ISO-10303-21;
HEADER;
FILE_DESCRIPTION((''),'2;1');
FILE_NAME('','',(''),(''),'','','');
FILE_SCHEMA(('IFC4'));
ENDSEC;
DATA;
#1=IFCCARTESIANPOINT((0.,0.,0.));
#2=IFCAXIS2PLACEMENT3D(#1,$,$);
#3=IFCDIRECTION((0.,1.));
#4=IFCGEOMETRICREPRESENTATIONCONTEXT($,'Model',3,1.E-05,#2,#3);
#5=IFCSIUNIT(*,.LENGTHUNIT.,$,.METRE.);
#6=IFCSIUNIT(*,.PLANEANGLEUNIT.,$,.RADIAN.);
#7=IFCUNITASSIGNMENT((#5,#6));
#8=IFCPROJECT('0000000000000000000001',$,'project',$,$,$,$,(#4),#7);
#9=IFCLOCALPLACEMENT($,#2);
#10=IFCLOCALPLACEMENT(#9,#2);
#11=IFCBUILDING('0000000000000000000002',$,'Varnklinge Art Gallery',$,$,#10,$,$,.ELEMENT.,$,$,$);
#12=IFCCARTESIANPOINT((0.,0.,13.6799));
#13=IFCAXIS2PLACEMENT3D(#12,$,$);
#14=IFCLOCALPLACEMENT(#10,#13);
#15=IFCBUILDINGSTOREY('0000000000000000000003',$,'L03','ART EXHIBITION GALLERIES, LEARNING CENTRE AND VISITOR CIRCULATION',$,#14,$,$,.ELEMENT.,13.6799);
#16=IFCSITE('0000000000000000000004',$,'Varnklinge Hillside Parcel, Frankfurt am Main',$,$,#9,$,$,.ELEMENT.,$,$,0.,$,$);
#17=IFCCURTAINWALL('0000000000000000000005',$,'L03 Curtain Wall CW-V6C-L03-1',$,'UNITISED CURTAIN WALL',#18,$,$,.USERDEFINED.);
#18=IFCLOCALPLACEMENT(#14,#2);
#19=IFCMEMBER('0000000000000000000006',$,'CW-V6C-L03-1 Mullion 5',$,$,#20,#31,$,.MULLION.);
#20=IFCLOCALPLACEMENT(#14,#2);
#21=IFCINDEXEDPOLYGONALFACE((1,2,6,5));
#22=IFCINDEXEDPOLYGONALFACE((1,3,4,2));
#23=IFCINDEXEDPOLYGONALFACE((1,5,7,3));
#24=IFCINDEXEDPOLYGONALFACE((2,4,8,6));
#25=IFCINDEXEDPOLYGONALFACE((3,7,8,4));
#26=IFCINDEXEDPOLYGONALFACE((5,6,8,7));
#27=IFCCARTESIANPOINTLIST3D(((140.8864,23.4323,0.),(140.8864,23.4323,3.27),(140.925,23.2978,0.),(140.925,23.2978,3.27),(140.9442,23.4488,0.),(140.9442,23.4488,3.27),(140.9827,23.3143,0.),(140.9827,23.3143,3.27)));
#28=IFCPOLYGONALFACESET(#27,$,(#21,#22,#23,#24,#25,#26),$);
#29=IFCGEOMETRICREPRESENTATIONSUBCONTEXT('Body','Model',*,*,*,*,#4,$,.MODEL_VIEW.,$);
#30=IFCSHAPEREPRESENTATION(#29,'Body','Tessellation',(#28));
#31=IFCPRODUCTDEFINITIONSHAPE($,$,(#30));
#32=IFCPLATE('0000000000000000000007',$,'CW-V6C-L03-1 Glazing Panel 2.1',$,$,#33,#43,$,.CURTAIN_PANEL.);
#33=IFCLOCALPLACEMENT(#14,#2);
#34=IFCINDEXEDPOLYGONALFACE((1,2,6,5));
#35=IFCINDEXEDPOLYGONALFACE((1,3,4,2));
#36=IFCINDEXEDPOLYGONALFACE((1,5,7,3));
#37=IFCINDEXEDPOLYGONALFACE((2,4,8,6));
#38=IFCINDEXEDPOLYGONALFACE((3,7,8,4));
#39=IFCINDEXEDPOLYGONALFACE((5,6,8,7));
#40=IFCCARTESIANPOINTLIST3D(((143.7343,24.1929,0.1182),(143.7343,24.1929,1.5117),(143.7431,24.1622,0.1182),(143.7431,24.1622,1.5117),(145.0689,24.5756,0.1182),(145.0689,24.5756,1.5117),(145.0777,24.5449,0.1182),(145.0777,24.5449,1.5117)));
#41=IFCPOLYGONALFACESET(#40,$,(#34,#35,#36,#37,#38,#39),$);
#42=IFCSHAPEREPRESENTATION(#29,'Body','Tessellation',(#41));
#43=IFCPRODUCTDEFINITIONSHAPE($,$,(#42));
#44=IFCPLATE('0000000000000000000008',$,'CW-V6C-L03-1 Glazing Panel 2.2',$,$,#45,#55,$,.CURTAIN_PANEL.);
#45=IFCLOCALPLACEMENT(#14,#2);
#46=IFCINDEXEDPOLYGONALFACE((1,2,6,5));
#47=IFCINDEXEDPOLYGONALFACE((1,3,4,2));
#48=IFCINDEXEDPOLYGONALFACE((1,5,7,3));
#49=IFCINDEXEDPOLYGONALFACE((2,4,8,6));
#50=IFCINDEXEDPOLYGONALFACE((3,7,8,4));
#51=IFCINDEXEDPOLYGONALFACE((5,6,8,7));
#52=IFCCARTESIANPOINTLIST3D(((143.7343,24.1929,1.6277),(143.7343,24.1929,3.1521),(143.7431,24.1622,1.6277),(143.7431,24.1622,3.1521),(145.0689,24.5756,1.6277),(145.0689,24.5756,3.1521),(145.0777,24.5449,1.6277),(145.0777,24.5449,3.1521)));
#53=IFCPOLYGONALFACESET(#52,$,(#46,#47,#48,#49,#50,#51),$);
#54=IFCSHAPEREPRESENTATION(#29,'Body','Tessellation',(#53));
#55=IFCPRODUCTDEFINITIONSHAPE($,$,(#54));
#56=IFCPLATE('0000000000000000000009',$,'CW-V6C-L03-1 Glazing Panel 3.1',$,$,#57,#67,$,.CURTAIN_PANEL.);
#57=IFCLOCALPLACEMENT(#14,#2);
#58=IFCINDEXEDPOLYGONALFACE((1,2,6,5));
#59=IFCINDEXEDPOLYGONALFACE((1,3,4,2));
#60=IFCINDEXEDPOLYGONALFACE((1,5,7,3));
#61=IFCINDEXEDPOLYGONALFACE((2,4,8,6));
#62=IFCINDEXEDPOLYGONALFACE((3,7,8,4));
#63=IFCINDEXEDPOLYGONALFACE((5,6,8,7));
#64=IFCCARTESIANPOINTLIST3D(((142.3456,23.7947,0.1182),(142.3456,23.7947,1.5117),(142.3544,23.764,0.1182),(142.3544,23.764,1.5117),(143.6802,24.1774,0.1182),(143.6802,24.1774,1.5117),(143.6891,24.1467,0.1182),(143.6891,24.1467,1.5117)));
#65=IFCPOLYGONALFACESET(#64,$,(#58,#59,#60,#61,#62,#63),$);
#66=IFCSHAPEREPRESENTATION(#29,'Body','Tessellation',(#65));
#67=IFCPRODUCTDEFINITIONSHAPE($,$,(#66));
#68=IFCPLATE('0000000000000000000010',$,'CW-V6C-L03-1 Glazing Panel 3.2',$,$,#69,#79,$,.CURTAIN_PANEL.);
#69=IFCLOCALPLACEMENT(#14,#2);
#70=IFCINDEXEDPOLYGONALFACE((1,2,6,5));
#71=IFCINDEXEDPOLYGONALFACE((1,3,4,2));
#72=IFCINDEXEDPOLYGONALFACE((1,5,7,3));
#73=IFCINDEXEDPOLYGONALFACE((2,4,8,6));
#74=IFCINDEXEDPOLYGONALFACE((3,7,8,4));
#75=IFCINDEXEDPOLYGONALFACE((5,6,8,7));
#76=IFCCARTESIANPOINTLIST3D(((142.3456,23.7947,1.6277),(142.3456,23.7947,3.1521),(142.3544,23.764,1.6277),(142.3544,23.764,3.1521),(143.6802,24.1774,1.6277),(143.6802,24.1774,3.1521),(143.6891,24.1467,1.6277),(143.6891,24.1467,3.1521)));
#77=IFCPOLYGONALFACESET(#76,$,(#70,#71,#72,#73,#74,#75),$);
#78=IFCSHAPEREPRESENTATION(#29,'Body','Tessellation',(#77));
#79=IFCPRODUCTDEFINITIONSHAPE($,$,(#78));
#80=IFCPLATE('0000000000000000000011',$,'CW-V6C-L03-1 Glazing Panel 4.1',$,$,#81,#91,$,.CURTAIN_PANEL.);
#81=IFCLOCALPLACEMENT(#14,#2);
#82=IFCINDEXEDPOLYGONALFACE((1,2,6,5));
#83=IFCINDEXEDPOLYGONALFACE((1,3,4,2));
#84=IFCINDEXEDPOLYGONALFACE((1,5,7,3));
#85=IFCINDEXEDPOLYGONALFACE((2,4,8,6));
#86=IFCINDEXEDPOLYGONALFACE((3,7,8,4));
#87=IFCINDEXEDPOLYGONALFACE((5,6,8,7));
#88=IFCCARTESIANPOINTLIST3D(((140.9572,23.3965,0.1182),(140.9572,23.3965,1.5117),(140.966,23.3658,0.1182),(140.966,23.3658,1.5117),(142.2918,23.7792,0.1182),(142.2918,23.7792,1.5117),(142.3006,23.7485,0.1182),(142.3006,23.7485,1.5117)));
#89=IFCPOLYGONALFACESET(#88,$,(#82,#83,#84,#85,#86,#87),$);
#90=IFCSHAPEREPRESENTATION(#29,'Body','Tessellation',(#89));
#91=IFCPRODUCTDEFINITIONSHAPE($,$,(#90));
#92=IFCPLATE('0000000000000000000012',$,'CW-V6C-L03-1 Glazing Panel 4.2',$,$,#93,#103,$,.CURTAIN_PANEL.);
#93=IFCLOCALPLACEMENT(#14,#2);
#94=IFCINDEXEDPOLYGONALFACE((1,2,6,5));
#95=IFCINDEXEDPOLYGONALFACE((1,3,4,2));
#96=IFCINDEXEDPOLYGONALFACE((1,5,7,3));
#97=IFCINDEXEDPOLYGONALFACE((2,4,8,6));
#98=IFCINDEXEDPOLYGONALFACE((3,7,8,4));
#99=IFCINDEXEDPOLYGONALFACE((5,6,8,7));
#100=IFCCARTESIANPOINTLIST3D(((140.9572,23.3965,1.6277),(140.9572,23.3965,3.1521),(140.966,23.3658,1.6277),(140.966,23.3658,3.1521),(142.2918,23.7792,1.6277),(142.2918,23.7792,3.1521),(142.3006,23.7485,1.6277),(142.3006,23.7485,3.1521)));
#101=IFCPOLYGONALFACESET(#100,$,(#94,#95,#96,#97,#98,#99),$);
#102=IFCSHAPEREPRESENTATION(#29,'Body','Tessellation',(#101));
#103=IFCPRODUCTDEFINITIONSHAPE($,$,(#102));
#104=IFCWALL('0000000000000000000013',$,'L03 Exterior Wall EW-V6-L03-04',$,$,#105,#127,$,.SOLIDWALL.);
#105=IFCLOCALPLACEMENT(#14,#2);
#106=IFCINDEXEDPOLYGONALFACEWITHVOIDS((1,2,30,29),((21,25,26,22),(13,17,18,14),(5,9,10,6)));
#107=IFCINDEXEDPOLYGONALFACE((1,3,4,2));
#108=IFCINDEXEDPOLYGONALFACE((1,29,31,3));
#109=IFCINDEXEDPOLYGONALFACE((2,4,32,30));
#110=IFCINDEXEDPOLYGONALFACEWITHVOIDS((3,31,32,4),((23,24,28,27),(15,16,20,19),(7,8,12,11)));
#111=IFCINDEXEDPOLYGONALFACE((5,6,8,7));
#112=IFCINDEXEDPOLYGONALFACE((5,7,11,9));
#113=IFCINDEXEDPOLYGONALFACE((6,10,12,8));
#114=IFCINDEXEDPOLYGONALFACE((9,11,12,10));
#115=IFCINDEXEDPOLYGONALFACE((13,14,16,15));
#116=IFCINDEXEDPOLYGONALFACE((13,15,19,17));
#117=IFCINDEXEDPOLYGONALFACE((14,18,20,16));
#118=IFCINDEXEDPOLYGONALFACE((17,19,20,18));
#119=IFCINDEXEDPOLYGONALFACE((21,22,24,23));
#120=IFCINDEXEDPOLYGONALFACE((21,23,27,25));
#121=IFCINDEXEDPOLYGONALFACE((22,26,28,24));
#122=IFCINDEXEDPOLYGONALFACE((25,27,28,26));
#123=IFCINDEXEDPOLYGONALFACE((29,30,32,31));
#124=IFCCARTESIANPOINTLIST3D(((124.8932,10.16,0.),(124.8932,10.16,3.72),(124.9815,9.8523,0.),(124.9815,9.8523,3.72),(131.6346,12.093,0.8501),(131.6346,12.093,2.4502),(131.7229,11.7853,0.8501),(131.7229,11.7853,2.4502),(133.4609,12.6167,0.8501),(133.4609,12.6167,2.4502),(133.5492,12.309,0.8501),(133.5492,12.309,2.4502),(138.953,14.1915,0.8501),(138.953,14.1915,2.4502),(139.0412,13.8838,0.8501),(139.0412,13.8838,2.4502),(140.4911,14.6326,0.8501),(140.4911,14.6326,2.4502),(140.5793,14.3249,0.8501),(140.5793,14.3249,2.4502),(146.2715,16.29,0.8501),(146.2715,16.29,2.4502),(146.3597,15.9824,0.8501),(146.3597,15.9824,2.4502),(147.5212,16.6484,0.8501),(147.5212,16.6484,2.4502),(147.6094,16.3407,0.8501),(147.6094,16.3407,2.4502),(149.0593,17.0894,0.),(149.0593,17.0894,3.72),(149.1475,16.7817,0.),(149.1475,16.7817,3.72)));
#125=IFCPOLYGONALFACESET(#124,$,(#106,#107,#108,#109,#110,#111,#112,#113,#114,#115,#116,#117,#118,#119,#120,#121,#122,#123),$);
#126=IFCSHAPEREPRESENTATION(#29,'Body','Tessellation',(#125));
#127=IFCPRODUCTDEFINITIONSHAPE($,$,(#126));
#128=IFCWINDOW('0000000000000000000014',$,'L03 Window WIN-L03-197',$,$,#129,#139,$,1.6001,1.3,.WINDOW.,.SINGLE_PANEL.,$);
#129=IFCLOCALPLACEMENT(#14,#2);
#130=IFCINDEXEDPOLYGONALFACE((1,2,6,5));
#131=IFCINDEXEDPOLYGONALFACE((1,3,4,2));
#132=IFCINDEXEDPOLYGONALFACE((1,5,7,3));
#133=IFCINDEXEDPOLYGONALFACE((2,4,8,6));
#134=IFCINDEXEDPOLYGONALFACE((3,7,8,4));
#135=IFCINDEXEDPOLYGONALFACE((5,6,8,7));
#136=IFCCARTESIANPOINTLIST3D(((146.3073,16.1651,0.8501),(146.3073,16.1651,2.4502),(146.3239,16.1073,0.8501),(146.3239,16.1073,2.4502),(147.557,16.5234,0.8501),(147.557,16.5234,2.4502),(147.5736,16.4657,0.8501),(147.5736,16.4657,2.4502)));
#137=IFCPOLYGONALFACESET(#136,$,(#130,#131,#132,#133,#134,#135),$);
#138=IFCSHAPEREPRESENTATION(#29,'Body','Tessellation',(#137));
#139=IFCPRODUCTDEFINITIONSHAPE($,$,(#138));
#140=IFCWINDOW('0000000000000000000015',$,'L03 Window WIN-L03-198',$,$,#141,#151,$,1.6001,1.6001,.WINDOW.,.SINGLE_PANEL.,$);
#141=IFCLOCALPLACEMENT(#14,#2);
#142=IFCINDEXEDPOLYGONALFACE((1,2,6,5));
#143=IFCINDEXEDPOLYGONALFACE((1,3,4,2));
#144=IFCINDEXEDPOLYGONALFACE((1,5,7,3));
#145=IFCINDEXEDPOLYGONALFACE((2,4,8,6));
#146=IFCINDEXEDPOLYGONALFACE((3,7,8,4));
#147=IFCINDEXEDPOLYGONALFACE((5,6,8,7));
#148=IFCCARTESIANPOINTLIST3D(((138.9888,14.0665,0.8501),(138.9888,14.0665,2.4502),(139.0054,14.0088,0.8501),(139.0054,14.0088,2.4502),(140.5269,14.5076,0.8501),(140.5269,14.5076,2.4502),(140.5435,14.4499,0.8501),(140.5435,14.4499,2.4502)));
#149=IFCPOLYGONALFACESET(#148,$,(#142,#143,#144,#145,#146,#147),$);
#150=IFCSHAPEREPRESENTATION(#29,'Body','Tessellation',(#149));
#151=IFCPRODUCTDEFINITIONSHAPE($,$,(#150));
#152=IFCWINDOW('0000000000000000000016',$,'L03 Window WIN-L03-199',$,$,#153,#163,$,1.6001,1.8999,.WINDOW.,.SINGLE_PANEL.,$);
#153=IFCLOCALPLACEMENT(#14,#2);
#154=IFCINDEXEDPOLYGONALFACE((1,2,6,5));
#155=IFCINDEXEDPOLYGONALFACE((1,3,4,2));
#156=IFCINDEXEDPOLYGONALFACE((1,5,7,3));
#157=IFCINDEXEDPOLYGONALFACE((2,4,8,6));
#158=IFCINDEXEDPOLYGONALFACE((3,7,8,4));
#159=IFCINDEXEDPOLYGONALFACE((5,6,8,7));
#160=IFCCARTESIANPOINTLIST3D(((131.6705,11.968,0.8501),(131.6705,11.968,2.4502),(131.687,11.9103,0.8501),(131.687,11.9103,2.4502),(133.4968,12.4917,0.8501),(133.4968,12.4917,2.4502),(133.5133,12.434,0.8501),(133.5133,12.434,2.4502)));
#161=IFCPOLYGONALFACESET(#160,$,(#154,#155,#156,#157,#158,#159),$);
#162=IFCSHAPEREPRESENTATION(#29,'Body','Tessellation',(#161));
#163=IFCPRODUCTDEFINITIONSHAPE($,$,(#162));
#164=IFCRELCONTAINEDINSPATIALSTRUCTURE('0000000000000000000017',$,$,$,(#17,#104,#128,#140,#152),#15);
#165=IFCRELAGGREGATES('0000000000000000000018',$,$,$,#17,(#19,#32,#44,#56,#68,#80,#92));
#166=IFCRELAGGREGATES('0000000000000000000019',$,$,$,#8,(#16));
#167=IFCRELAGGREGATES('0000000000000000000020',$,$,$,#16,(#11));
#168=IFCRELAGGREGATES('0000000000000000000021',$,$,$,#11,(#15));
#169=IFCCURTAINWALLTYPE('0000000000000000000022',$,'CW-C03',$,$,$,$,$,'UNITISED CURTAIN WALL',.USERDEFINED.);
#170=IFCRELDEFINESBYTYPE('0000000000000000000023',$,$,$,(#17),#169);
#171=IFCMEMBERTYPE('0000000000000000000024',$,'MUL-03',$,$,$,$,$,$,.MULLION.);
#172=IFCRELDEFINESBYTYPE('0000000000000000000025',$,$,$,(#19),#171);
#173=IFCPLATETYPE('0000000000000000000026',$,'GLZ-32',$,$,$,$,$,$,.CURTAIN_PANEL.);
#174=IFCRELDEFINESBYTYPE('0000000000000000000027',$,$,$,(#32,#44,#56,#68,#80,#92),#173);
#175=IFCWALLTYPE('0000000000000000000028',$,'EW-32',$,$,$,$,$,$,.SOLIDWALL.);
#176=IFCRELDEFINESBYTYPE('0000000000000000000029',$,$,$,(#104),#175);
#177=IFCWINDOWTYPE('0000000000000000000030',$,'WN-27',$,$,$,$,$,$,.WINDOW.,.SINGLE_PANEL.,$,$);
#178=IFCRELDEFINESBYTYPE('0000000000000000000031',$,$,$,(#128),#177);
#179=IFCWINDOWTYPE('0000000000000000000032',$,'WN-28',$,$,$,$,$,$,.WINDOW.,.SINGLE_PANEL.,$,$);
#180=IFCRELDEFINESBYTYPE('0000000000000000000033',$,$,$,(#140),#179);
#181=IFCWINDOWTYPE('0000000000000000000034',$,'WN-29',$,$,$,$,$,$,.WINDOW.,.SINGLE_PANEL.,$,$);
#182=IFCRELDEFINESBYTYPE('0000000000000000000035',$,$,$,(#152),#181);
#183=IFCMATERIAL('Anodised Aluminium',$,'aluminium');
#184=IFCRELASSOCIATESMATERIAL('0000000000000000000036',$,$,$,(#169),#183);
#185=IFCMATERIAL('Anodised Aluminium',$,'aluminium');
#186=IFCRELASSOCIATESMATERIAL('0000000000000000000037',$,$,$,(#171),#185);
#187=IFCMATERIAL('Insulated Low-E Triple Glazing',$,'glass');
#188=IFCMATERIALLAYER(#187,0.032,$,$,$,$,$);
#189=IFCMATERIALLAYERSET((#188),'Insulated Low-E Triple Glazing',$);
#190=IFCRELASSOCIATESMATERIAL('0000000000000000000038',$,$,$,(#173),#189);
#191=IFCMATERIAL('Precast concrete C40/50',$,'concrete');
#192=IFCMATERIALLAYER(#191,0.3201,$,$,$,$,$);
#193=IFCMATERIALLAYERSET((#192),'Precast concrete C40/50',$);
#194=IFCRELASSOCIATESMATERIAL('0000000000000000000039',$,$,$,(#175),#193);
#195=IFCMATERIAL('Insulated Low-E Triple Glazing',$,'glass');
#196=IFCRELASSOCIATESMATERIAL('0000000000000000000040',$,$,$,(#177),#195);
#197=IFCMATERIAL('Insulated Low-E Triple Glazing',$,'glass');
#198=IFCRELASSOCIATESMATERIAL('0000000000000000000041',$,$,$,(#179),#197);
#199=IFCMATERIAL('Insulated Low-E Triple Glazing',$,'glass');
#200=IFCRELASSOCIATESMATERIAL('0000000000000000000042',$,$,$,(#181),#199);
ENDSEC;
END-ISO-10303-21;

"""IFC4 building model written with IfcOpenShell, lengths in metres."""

from ifc_helpers import new_model, si_unit, direction, frame, frame_2d, origin, origin_2d, place, context, subcontext, project, spatial, rectangle, extrude, material, layer, layer_set, material_profile, profile_set, type_object, element, fill, aggregate, save


model = new_model("IFC4")

# Units and contexts
model_context = context("Model", 3, precision=1e-05, world=origin(), true_north=direction((0.0, 1.0)))
body_context = subcontext(model_context, "Body", "Model", "MODEL_VIEW")
ifc_project = project(units=[si_unit("LENGTHUNIT", "METRE"), si_unit("PLANEANGLEUNIT", "RADIAN")], contexts=[model_context])

# Site, building, storey
site_placement = place(None, origin())
site = spatial("IfcSite", under=ifc_project, at=site_placement, Name="Varnklinge Hillside Parcel, Frankfurt am Main", CompositionType="ELEMENT", RefElevation=0.0)
building_placement = place(site_placement, origin())
building = spatial("IfcBuilding", under=site, at=building_placement, Name="Varnklinge Art Gallery", CompositionType="ELEMENT")
storey_placement = place(building_placement, frame((0.0, 0.0, 13.6799)))
storey = spatial("IfcBuildingStorey", under=building, at=storey_placement, Name="L03", Description="ART EXHIBITION GALLERIES, LEARNING CENTRE AND VISITOR CIRCULATION", CompositionType="ELEMENT", Elevation=13.6799)

# Curtain wall, member, plates
ifc_material_1 = material(Name="Anodised Aluminium", Category="aluminium")
curtain_wall_type = type_object("IfcCurtainWallType", Name="CW-C03", ElementType="UNITISED CURTAIN WALL", PredefinedType="USERDEFINED", material=ifc_material_1)
curtain_wall_placement = place(storey_placement, origin())
curtain_wall = element("IfcCurtainWall", 1, at=curtain_wall_placement, inside=storey, type_object=curtain_wall_type, Name="L03 Curtain Wall CW-V6C-L03-1", ObjectType="UNITISED CURTAIN WALL", PredefinedType="USERDEFINED")
ifc_material_2 = material(Name="Anodised Aluminium", Category="aluminium")
ifc_material_profile_1 = material_profile(ifc_material_2, rectangle(XDim=0.0601, YDim=0.1399, at=origin_2d()), Name="ALU 60x140")
ifc_profile_set_1 = profile_set([ifc_material_profile_1], Name="Anodised Aluminium")
member_type = type_object("IfcMemberType", Name="MUL-03", PredefinedType="MULLION", material=ifc_profile_set_1)
member_1_placement = place(storey_placement, frame((140.9346, 23.3733, 0.0), z_axis=(0.0, 0.0, 1.0), x_axis=(-0.961262, -0.275637, 0.0)))
member_1 = element("IfcMember", 2, at=member_1_placement, type_object=member_type, Name="CW-V6C-L03-1 Mullion 5", PredefinedType="MULLION", context=body_context, shape_type="SweptSolid", body=[
    extrude(rectangle(XDim=0.0601, YDim=0.1399, at=origin_2d()), origin(), (0.0, 0.0, 1.0), 3.27),
])
ifc_material_3 = material(Name="Insulated Low-E Triple Glazing", Category="glass")
ifc_layer_1 = layer(ifc_material_3, 0.032)
ifc_layer_set_1 = layer_set([ifc_layer_1], Name="Insulated Low-E Triple Glazing")
plate_type = type_object("IfcPlateType", Name="GLZ-32", PredefinedType="CURTAIN_PANEL", material=ifc_layer_set_1)
plate_1_placement = place(storey_placement, frame((144.406, 24.3689, 0.1182), z_axis=(0.0, 0.0, 1.0), x_axis=(-0.961262, -0.275637, 0.0)))
plate_1 = element("IfcPlate", 3, at=plate_1_placement, type_object=plate_type, Name="CW-V6C-L03-1 Glazing Panel 2.1", PredefinedType="CURTAIN_PANEL", context=body_context, shape_type="SweptSolid", body=[
    extrude(rectangle(XDim=1.3884, YDim=0.032, at=origin_2d()), origin(), (0.0, 0.0, 1.0), 1.3936),
])
plate_2_placement = place(storey_placement, frame((144.406, 24.3689, 1.6277), z_axis=(0.0, 0.0, 1.0), x_axis=(-0.961262, -0.275637, 0.0)))
plate_2 = element("IfcPlate", 4, at=plate_2_placement, type_object=plate_type, Name="CW-V6C-L03-1 Glazing Panel 2.2", PredefinedType="CURTAIN_PANEL", context=body_context, shape_type="SweptSolid", body=[
    extrude(rectangle(XDim=1.3884, YDim=0.032, at=origin_2d()), origin(), (0.0, 0.0, 1.0), 1.5244),
])
plate_3_placement = place(storey_placement, frame((143.0173, 23.9707, 0.1182), z_axis=(0.0, 0.0, 1.0), x_axis=(-0.961262, -0.275637, 0.0)))
plate_3 = element("IfcPlate", 5, at=plate_3_placement, type_object=plate_type, Name="CW-V6C-L03-1 Glazing Panel 3.1", PredefinedType="CURTAIN_PANEL", context=body_context, shape_type="SweptSolid", body=[
    extrude(rectangle(XDim=1.3884, YDim=0.032, at=origin_2d()), origin(), (0.0, 0.0, 1.0), 1.3936),
])
plate_4_placement = place(storey_placement, frame((143.0173, 23.9707, 1.6277), z_axis=(0.0, 0.0, 1.0), x_axis=(-0.961262, -0.275637, 0.0)))
plate_4 = element("IfcPlate", 6, at=plate_4_placement, type_object=plate_type, Name="CW-V6C-L03-1 Glazing Panel 3.2", PredefinedType="CURTAIN_PANEL", context=body_context, shape_type="SweptSolid", body=[
    extrude(rectangle(XDim=1.3884, YDim=0.032, at=origin_2d()), origin(), (0.0, 0.0, 1.0), 1.5244),
])
plate_5_placement = place(storey_placement, frame((141.6289, 23.5725, 0.1182), z_axis=(0.0, 0.0, 1.0), x_axis=(-0.961262, -0.275637, 0.0)))
plate_5 = element("IfcPlate", 7, at=plate_5_placement, type_object=plate_type, Name="CW-V6C-L03-1 Glazing Panel 4.1", PredefinedType="CURTAIN_PANEL", context=body_context, shape_type="SweptSolid", body=[
    extrude(rectangle(XDim=1.3884, YDim=0.032, at=origin_2d()), origin(), (0.0, 0.0, 1.0), 1.3936),
])
plate_6_placement = place(storey_placement, frame((141.6289, 23.5725, 1.6277), z_axis=(0.0, 0.0, 1.0), x_axis=(-0.961262, -0.275637, 0.0)))
plate_6 = element("IfcPlate", 8, at=plate_6_placement, type_object=plate_type, Name="CW-V6C-L03-1 Glazing Panel 4.2", PredefinedType="CURTAIN_PANEL", context=body_context, shape_type="SweptSolid", body=[
    extrude(rectangle(XDim=1.3884, YDim=0.032, at=origin_2d()), origin(), (0.0, 0.0, 1.0), 1.5244),
])
aggregate(curtain_wall, [member_1, plate_1, plate_2, plate_3, plate_4, plate_5, plate_6])

# Wall, openings, windows
ifc_material_4 = material(Name="Precast concrete C40/50", Category="concrete")
ifc_layer_2 = layer(ifc_material_4, 0.3201)
ifc_layer_set_2 = layer_set([ifc_layer_2], Name="Precast concrete C40/50")
wall_type_1 = type_object("IfcWallType", Name="EW-32", PredefinedType="SOLIDWALL", material=ifc_layer_set_2)
wall_1_placement = place(storey_placement, frame((149.1033, 16.9355, 0.0), z_axis=(0.0, 0.0, 1.0), x_axis=(-0.961262, -0.275636, 0.0)))
wall_1 = element("IfcWall", 9, at=wall_1_placement, inside=storey, type_object=wall_type_1, Name="L03 Exterior Wall EW-V6-L03-04", PredefinedType="SOLIDWALL", context=body_context, shape_type="SweptSolid", body=[
    extrude(rectangle(XDim=25.1399, YDim=0.3201, at=frame_2d((12.5698, 0.0))), origin(), (0.0, 0.0, 1.0), 3.72),
])
opening_1_placement = place(wall_1_placement, frame((1.6001, 0.0, 0.8501)))
opening_1 = element("IfcOpeningElement", 10, at=opening_1_placement, cuts=wall_1, PredefinedType="OPENING", context=body_context, shape_type="SweptSolid", body=[
    extrude(rectangle(XDim=1.3, YDim=1.6001, at=frame_2d((0.6499, 0.8))), frame((0.0, 0.1702, 0.0), z_axis=(0.0, -1.0, 0.0), x_axis=(1.0, 0.0, 0.0)), (0.0, 0.0, 1.0), 0.3401),
])
opening_2_placement = place(wall_1_placement, frame((8.9133, 0.0, 0.8501)))
opening_2 = element("IfcOpeningElement", 11, at=opening_2_placement, cuts=wall_1, PredefinedType="OPENING", context=body_context, shape_type="SweptSolid", body=[
    extrude(rectangle(XDim=1.6001, YDim=1.6001, at=frame_2d((0.8, 0.8))), frame((0.0, 0.1702, 0.0), z_axis=(0.0, -1.0, 0.0), x_axis=(1.0, 0.0, 0.0)), (0.0, 0.0, 1.0), 0.3401),
])
opening_3_placement = place(wall_1_placement, frame((16.2268, 0.0, 0.8501)))
opening_3 = element("IfcOpeningElement", 12, at=opening_3_placement, cuts=wall_1, PredefinedType="OPENING", context=body_context, shape_type="SweptSolid", body=[
    extrude(rectangle(XDim=1.8999, YDim=1.6001, at=frame_2d((0.95, 0.8))), frame((0.0, 0.1702, 0.0), z_axis=(0.0, -1.0, 0.0), x_axis=(1.0, 0.0, 0.0)), (0.0, 0.0, 1.0), 0.3401),
])
ifc_material_5 = material(Name="Insulated Low-E Triple Glazing", Category="glass")
window_type_1 = type_object("IfcWindowType", Name="WN-27", PartitioningType="SINGLE_PANEL", PredefinedType="WINDOW", material=ifc_material_5)
window_1_placement = place(opening_1_placement, origin())
window_1 = element("IfcWindow", 13, at=window_1_placement, inside=storey, type_object=window_type_1, Name="L03 Window WIN-L03-197", OverallHeight=1.6001, OverallWidth=1.3, PartitioningType="SINGLE_PANEL", PredefinedType="WINDOW", context=body_context, shape_type="SweptSolid", body=[
    extrude(rectangle(XDim=1.3, YDim=1.6001, at=frame_2d((0.6499, 0.8))), frame((0.0, 0.03, 0.0), z_axis=(0.0, -1.0, 0.0), x_axis=(1.0, 0.0, 0.0)), (0.0, 0.0, 1.0), 0.0601),
])
fill(opening_1, window_1)
ifc_material_6 = material(Name="Insulated Low-E Triple Glazing", Category="glass")
window_type_2 = type_object("IfcWindowType", Name="WN-28", PartitioningType="SINGLE_PANEL", PredefinedType="WINDOW", material=ifc_material_6)
window_2_placement = place(opening_2_placement, origin())
window_2 = element("IfcWindow", 14, at=window_2_placement, inside=storey, type_object=window_type_2, Name="L03 Window WIN-L03-198", OverallHeight=1.6001, OverallWidth=1.6001, PartitioningType="SINGLE_PANEL", PredefinedType="WINDOW", context=body_context, shape_type="SweptSolid", body=[
    extrude(rectangle(XDim=1.6001, YDim=1.6001, at=frame_2d((0.8, 0.8))), frame((0.0, 0.03, 0.0), z_axis=(0.0, -1.0, 0.0), x_axis=(1.0, 0.0, 0.0)), (0.0, 0.0, 1.0), 0.0601),
])
fill(opening_2, window_2)
ifc_material_7 = material(Name="Insulated Low-E Triple Glazing", Category="glass")
window_type_3 = type_object("IfcWindowType", Name="WN-29", PartitioningType="SINGLE_PANEL", PredefinedType="WINDOW", material=ifc_material_7)
window_3_placement = place(opening_3_placement, origin())
window_3 = element("IfcWindow", 15, at=window_3_placement, inside=storey, type_object=window_type_3, Name="L03 Window WIN-L03-199", OverallHeight=1.6001, OverallWidth=1.8999, PartitioningType="SINGLE_PANEL", PredefinedType="WINDOW", context=body_context, shape_type="SweptSolid", body=[
    extrude(rectangle(XDim=1.8999, YDim=1.6001, at=frame_2d((0.95, 0.8))), frame((0.0, 0.03, 0.0), z_axis=(0.0, -1.0, 0.0), x_axis=(1.0, 0.0, 0.0)), (0.0, 0.0, 1.0), 0.0601),
])
fill(opening_3, window_3)

save(model, "model.ifc")
